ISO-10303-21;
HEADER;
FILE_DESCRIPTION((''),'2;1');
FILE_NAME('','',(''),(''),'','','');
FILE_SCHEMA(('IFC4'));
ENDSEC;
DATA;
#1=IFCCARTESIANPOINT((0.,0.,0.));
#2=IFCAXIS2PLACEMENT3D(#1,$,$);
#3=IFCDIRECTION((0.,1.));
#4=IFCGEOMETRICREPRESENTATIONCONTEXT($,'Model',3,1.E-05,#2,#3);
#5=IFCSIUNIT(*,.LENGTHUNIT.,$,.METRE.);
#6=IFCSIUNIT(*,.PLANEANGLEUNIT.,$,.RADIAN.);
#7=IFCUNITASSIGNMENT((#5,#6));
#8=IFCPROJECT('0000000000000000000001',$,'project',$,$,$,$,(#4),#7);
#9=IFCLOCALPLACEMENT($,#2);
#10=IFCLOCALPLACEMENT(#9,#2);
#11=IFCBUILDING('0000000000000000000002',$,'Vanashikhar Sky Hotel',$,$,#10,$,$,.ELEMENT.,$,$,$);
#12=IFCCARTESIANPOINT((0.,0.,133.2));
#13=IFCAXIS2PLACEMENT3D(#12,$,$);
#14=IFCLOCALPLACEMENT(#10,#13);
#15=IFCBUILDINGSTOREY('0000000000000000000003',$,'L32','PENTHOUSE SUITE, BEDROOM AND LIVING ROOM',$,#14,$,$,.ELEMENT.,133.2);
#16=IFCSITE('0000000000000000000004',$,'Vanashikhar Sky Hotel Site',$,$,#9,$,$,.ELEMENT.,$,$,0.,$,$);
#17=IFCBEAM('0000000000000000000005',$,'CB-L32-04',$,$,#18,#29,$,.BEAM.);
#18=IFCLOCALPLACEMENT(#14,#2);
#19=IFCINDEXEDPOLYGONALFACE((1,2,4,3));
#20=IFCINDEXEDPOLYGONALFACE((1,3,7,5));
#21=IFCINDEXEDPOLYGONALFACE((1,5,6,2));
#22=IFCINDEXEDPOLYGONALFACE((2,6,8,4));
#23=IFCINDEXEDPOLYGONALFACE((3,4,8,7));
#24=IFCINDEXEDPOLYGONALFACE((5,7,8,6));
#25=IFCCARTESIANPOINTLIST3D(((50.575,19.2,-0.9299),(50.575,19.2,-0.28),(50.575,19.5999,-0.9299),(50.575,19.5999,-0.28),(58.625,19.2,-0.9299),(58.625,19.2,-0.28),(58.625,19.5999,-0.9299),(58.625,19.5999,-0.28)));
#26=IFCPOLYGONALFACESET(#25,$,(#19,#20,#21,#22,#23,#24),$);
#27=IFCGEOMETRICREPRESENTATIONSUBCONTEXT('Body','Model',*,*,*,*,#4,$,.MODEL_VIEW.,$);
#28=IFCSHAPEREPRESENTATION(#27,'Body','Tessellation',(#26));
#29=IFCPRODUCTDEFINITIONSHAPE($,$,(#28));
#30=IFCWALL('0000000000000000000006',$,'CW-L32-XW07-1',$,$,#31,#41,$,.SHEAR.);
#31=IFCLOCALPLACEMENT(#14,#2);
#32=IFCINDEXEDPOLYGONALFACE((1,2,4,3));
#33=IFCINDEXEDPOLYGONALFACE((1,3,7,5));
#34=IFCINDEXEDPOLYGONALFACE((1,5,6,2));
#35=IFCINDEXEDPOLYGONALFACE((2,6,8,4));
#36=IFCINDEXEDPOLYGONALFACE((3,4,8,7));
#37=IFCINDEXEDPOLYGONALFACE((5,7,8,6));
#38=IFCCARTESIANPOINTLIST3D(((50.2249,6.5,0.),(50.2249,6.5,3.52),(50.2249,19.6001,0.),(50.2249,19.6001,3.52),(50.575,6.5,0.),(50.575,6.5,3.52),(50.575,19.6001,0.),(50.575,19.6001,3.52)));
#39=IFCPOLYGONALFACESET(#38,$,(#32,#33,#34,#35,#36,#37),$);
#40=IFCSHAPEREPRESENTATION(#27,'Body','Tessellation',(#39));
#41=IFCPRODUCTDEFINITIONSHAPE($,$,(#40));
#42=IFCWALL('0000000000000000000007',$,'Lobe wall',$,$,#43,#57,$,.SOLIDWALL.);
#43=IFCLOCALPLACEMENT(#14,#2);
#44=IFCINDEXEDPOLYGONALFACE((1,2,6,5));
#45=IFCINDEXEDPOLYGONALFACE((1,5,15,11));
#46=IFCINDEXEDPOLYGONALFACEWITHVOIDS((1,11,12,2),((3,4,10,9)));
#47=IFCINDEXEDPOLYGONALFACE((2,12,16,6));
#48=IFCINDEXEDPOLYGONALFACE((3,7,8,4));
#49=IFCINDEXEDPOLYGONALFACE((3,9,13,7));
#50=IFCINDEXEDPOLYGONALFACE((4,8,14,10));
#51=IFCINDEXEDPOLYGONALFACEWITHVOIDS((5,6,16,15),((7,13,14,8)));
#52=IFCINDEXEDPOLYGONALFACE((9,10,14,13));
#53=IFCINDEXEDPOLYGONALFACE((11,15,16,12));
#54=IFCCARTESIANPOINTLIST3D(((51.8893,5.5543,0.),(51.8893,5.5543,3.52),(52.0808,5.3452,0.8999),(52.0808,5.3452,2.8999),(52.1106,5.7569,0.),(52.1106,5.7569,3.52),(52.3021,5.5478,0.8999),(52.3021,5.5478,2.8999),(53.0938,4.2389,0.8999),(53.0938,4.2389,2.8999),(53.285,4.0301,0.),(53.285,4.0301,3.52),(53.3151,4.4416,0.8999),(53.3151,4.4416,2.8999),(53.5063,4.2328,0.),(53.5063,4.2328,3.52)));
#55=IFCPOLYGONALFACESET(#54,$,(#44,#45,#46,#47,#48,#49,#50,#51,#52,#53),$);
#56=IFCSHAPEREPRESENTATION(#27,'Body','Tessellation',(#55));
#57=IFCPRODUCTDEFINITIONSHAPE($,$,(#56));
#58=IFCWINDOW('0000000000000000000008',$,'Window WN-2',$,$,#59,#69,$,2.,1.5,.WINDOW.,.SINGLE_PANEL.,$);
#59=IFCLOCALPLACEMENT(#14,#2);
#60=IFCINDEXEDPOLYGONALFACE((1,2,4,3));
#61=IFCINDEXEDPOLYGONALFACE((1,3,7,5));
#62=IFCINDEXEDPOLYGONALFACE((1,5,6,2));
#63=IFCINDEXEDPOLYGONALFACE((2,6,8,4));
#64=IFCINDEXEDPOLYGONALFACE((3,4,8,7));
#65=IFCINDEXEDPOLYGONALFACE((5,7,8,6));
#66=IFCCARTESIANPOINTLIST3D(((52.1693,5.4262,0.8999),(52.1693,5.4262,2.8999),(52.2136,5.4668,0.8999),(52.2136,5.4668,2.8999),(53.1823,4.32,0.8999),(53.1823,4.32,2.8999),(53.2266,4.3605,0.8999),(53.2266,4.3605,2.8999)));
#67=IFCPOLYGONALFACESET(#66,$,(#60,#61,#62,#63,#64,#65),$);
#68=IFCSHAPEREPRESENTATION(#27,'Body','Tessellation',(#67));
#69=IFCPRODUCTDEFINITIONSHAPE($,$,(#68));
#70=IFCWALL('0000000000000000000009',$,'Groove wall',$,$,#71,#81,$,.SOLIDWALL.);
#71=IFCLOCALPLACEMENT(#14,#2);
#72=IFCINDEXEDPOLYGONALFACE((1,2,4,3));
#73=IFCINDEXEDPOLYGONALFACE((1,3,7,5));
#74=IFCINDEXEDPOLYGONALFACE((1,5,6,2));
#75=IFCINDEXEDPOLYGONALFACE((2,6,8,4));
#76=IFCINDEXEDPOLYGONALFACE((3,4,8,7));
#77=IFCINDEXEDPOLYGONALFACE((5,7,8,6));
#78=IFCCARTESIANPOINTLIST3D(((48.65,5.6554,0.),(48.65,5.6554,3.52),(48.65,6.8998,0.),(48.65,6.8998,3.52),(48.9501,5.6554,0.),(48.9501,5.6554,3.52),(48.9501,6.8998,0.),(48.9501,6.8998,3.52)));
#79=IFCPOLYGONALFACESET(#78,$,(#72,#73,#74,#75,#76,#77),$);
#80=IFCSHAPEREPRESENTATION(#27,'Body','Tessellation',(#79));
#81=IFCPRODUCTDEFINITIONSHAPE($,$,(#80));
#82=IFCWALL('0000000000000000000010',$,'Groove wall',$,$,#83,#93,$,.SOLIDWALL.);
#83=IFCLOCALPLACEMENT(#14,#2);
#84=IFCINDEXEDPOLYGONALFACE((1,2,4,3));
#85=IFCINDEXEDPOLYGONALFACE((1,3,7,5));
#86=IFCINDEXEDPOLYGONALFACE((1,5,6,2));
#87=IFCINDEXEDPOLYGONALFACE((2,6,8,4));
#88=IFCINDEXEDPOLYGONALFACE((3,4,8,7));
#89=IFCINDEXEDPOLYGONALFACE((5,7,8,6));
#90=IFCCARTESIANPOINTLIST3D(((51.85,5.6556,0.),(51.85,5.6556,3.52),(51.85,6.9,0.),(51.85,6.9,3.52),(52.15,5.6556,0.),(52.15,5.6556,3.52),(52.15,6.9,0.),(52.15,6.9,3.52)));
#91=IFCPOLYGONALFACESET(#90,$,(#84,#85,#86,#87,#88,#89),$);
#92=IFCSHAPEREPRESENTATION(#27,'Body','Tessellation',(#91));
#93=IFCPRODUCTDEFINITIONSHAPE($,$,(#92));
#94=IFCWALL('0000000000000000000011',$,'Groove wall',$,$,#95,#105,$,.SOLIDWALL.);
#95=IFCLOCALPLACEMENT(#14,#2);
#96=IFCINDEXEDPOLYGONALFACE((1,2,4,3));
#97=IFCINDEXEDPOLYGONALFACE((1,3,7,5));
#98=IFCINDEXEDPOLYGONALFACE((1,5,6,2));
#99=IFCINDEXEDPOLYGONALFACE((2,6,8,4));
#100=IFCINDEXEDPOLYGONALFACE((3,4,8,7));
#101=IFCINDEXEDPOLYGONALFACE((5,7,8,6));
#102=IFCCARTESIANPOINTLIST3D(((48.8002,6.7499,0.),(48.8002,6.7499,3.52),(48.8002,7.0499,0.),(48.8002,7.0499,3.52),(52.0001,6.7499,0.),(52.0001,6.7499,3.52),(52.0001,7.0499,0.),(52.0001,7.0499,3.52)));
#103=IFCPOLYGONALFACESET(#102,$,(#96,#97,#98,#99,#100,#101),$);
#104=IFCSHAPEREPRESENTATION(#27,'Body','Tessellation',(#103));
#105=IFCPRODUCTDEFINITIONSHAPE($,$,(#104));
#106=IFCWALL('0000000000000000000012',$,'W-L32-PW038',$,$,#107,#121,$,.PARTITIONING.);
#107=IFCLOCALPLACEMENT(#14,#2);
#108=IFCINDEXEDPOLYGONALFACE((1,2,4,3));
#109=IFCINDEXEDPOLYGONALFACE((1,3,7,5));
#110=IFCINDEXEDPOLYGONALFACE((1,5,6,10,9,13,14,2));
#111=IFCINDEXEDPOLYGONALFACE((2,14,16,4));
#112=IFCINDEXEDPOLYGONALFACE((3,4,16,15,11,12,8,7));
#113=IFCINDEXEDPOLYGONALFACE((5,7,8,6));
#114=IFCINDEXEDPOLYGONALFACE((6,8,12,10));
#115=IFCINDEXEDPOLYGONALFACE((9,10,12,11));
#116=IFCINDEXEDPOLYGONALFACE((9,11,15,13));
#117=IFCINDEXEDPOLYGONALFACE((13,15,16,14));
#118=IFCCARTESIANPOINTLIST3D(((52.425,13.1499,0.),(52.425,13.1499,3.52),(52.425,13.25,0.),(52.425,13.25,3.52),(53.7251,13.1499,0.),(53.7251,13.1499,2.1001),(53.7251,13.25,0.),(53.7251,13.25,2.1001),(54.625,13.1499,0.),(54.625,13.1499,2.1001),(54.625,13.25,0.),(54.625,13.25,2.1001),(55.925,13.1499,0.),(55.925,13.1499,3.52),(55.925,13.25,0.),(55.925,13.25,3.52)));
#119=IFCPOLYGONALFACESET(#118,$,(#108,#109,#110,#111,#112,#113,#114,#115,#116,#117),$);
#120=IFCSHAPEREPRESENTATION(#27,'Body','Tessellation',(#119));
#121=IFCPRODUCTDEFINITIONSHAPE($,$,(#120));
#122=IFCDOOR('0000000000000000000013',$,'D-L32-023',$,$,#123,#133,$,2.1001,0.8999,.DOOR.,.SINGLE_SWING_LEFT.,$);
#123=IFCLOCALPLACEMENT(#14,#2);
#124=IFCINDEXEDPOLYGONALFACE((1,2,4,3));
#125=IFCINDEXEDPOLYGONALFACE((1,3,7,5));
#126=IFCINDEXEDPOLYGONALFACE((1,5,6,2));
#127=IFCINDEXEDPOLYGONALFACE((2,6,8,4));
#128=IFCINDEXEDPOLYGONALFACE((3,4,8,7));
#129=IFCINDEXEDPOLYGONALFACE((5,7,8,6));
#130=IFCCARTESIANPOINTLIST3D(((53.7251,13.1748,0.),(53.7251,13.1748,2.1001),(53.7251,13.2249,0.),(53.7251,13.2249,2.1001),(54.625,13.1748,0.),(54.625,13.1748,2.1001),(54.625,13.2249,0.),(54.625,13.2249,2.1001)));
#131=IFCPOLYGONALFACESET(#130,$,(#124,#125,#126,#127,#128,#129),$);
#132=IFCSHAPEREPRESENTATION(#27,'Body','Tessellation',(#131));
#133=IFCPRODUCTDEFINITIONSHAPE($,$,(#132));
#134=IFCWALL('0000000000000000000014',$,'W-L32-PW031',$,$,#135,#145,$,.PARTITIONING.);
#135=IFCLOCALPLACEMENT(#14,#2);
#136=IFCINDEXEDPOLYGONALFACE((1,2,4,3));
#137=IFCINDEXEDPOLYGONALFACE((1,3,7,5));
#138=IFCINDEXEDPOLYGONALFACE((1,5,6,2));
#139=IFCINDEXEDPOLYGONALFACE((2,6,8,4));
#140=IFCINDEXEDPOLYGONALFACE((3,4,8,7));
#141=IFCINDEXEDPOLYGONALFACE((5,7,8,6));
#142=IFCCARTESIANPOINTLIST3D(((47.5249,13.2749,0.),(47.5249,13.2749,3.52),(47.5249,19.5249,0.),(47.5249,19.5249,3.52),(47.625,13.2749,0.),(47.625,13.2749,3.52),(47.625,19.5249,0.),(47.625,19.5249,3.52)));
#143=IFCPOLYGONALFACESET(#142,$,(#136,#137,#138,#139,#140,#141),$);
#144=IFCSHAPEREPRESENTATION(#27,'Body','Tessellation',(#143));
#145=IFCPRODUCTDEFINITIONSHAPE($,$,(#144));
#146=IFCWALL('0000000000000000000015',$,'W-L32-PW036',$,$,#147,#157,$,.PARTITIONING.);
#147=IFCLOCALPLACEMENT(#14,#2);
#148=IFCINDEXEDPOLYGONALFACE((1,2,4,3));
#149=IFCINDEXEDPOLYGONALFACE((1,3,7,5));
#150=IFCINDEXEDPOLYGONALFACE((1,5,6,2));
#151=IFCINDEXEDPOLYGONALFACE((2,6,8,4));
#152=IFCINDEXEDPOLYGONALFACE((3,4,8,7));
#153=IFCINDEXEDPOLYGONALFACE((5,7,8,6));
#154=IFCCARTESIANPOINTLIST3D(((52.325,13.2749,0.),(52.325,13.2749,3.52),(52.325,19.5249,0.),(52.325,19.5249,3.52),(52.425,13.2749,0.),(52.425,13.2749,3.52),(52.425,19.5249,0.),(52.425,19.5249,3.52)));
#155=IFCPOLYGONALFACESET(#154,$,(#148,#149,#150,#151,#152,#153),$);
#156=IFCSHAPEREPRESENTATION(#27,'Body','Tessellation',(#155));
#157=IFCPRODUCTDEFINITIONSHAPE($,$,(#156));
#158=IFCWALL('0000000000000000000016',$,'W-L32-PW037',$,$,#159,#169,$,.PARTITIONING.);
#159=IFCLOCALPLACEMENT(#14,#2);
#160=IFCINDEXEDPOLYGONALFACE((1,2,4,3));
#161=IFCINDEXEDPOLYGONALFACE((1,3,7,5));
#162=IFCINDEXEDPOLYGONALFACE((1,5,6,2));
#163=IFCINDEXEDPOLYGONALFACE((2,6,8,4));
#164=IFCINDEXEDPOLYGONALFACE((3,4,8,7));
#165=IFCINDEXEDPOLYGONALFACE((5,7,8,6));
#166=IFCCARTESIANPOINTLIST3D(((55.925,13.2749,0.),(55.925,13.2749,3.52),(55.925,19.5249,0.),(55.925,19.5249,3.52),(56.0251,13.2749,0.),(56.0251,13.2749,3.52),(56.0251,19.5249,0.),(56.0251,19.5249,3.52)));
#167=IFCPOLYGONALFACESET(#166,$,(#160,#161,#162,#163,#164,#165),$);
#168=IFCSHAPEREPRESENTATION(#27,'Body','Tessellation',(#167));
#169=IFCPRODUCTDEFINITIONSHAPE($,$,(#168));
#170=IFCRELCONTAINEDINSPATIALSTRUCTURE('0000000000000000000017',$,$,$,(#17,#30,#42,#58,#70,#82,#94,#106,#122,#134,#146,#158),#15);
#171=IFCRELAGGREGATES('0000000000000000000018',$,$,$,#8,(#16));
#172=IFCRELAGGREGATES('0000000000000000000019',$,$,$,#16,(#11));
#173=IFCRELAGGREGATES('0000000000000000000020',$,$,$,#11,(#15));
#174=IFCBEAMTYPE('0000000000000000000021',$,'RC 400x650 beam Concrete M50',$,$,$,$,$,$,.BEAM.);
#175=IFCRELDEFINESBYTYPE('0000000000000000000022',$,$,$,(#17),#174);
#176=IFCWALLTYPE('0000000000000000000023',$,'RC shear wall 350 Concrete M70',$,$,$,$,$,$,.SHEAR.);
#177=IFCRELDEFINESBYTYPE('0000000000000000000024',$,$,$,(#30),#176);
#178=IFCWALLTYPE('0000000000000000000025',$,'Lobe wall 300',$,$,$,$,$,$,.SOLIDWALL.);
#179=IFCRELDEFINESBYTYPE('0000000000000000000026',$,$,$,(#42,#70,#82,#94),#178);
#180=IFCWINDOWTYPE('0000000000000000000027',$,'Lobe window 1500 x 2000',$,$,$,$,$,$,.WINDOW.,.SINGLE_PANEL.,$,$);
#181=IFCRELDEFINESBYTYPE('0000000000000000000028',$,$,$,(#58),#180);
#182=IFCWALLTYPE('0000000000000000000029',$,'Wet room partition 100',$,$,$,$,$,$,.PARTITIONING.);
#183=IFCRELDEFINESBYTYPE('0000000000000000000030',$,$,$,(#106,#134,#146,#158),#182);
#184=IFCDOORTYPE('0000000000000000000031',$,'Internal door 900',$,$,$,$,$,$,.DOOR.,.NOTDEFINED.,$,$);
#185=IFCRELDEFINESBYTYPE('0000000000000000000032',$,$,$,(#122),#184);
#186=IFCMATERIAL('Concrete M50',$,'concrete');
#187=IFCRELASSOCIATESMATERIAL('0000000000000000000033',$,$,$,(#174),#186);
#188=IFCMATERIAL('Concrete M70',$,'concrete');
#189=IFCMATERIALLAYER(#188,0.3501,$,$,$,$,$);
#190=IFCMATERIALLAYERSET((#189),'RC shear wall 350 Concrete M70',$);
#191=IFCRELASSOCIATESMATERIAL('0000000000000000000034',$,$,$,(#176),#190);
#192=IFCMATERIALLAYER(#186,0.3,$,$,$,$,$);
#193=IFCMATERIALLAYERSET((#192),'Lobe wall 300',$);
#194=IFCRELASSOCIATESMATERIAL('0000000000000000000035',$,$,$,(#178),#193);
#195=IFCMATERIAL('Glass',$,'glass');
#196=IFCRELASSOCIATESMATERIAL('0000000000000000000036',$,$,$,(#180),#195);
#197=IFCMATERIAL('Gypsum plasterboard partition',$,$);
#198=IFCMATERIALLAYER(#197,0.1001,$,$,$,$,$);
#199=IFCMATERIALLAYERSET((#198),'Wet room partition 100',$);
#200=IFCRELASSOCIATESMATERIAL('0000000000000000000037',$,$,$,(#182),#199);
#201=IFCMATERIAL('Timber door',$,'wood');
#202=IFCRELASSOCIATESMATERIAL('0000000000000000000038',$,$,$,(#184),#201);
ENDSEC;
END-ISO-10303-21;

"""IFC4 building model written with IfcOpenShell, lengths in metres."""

from ifc_helpers import new_model, si_unit, direction, frame, frame_2d, origin, origin_2d, place, context, subcontext, project, spatial, rectangle, extrude, source, transform, mapped, material, layer, layer_set, material_profile, profile_set, type_object, element, fill, save


model = new_model("IFC4")

# Units and contexts
model_context = context("Model", 3, precision=1e-05, world=origin(), true_north=direction((0.0, 1.0)))
body_context = subcontext(model_context, "Body", "Model", "MODEL_VIEW")
ifc_project = project(units=[si_unit("LENGTHUNIT", "METRE"), si_unit("PLANEANGLEUNIT", "RADIAN")], contexts=[model_context])

# Site, building, storey
site_placement = place(None, origin())
site = spatial("IfcSite", under=ifc_project, at=site_placement, Name="Vanashikhar Sky Hotel Site", CompositionType="ELEMENT", RefElevation=0.0)
building_placement = place(site_placement, origin())
building = spatial("IfcBuilding", under=site, at=building_placement, Name="Vanashikhar Sky Hotel", CompositionType="ELEMENT")
storey_placement = place(building_placement, frame((0.0, 0.0, 133.2)))
storey = spatial("IfcBuildingStorey", under=building, at=storey_placement, Name="L32", Description="PENTHOUSE SUITE, BEDROOM AND LIVING ROOM", CompositionType="ELEMENT", Elevation=133.2)

# Beam
ifc_material_1 = material(Name="Concrete M50", Category="concrete")
ifc_material_profile = material_profile(ifc_material_1, rectangle(XDim=0.3999, YDim=0.6499, at=origin_2d()))
ifc_profile_set = profile_set([ifc_material_profile], Name="RC 400x650 beam Concrete M50")
beam_type = type_object("IfcBeamType", Name="RC 400x650 beam Concrete M50", PredefinedType="BEAM", material=ifc_profile_set)
shared_shape_1 = source(origin(), body_context, "Body", "SweptSolid", [
    extrude(rectangle(XDim=0.3999, YDim=0.6499, at=origin_2d()), origin(), (0.0, 0.0, 1.0), 8.05),
])
beam_placement = place(storey_placement, frame((50.575, 19.3999, -0.605), z_axis=(1.0, 0.0, 0.0), x_axis=(0.0, 1.0, 0.0)))
element("IfcBeam", 1, at=beam_placement, inside=storey, type_object=beam_type, Name="CB-L32-04", PredefinedType="BEAM", context=body_context, shape_type="MappedRepresentation", body=[
    mapped(shared_shape_1, transform((0.0, 0.0, 0.0), scale=1.0)),
])

# Wall
ifc_material_2 = material(Name="Concrete M70", Category="concrete")
ifc_layer_1 = layer(ifc_material_2, 0.3501)
ifc_layer_set_1 = layer_set([ifc_layer_1], Name="RC shear wall 350 Concrete M70")
wall_type_1 = type_object("IfcWallType", Name="RC shear wall 350 Concrete M70", PredefinedType="SHEAR", material=ifc_layer_set_1)
shared_shape_2 = source(origin(), body_context, "Body", "SweptSolid", [
    extrude(rectangle(XDim=13.1001, YDim=0.3501, at=frame_2d((6.55, 0.0))), origin(), (0.0, 0.0, 1.0), 3.52),
])
wall_1_placement = place(storey_placement, frame((50.3999, 6.5, 0.0), z_axis=(0.0, 0.0, 1.0), x_axis=(0.0, 1.0, 0.0)))
element("IfcWall", 2, at=wall_1_placement, inside=storey, type_object=wall_type_1, Name="CW-L32-XW07-1", PredefinedType="SHEAR", context=body_context, shape_type="MappedRepresentation", body=[
    mapped(shared_shape_2, transform((0.0, 0.0, 0.0), scale=1.0)),
])

# Wall, opening, window
ifc_layer_2 = layer(ifc_material_1, 0.3)
ifc_layer_set_2 = layer_set([ifc_layer_2], Name="Lobe wall 300")
wall_type_2 = type_object("IfcWallType", Name="Lobe wall 300", PredefinedType="SOLIDWALL", material=ifc_layer_set_2)
shared_shape_3 = source(origin(), body_context, "Body", "SweptSolid", [
    extrude(rectangle(XDim=2.0667, YDim=0.3, at=frame_2d((1.0332, 0.0))), origin(), (0.0, 0.0, 1.0), 3.52),
])
wall_2_placement = place(storey_placement, frame((52.0, 5.6555, 0.0), z_axis=(0.0, 0.0, 1.0), x_axis=(0.675355, -0.737492, 0.0)))
wall_2 = element("IfcWall", 3, at=wall_2_placement, inside=storey, type_object=wall_type_2, Name="Lobe wall", PredefinedType="SOLIDWALL", context=body_context, shape_type="MappedRepresentation", body=[
    mapped(shared_shape_3, transform((0.0, 0.0, 0.0), scale=1.0)),
])
shared_shape_4 = source(origin(), body_context, "Body", "SweptSolid", [
    extrude(rectangle(XDim=1.5, YDim=2.0, at=frame_2d((0.75, 1.0))), frame((0.0, 0.1602, 0.0), z_axis=(0.0, -1.0, 0.0), x_axis=(1.0, 0.0, 0.0)), (0.0, 0.0, 1.0), 0.3201),
])
opening_1_placement = place(wall_2_placement, frame((0.2834, 0.0, 0.8999)))
opening_1 = element("IfcOpeningElement", 4, at=opening_1_placement, cuts=wall_2, PredefinedType="OPENING", context=body_context, shape_type="MappedRepresentation", body=[
    mapped(shared_shape_4, transform((0.0, 0.0, 0.0), scale=1.0)),
])
ifc_material_3 = material(Name="Glass", Category="glass")
window_type = type_object("IfcWindowType", Name="Lobe window 1500 x 2000", PartitioningType="SINGLE_PANEL", PredefinedType="WINDOW", material=ifc_material_3)
shared_shape_5 = source(origin(), body_context, "Body", "SweptSolid", [
    extrude(rectangle(XDim=1.5, YDim=2.0, at=frame_2d((0.75, 1.0))), frame((0.0, 0.03, 0.0), z_axis=(0.0, -1.0, 0.0), x_axis=(1.0, 0.0, 0.0)), (0.0, 0.0, 1.0), 0.0601),
])
window_placement = place(opening_1_placement, origin())
window = element("IfcWindow", 5, at=window_placement, inside=storey, type_object=window_type, Name="Window WN-2", OverallHeight=2.0, OverallWidth=1.5, PartitioningType="SINGLE_PANEL", PredefinedType="WINDOW", context=body_context, shape_type="MappedRepresentation", body=[
    mapped(shared_shape_5, transform((0.0, 0.0, 0.0), scale=1.0)),
])
fill(opening_1, window)

# Walls
shared_shape_6 = source(origin(), body_context, "Body", "SweptSolid", [
    extrude(rectangle(XDim=1.2444, YDim=0.3, at=frame_2d((0.6221, 0.0))), origin(), (0.0, 0.0, 1.0), 3.52),
])
for number, where, z_axis, x_axis, name in (
    (6, (48.8, 5.6555, 0.0), (0.0, 0.0, 1.0), (0.0, 1.0, 0.0), "Groove wall"),
    (7, (52.0, 6.8999, 0.0), (0.0, 0.0, 1.0), (0.0, -1.0, 0.0), "Groove wall"),
):
    element("IfcWall", number, at=place(storey_placement, frame(where, z_axis=z_axis, x_axis=x_axis)), inside=storey, type_object=wall_type_2, Name=name, PredefinedType="SOLIDWALL", context=body_context, shape_type="MappedRepresentation", body=[
        mapped(shared_shape_6, transform((0.0, 0.0, 0.0), scale=1.0)),
    ])
shared_shape_7 = source(origin(), body_context, "Body", "SweptSolid", [
    extrude(rectangle(XDim=3.2, YDim=0.3, at=frame_2d((1.6001, 0.0))), origin(), (0.0, 0.0, 1.0), 3.52),
])
wall_3_placement = place(storey_placement, frame((48.8, 6.8999, 0.0), z_axis=(0.0, 0.0, 1.0), x_axis=(1.0, 0.0, 0.0)))
element("IfcWall", 8, at=wall_3_placement, inside=storey, type_object=wall_type_2, Name="Groove wall", PredefinedType="SOLIDWALL", context=body_context, shape_type="MappedRepresentation", body=[
    mapped(shared_shape_7, transform((0.0, 0.0, 0.0), scale=1.0)),
])

# Wall, opening, door
ifc_material_4 = material(Name="Gypsum plasterboard partition")
ifc_layer_3 = layer(ifc_material_4, 0.1001)
ifc_layer_set_3 = layer_set([ifc_layer_3], Name="Wet room partition 100")
wall_type_3 = type_object("IfcWallType", Name="Wet room partition 100", PredefinedType="PARTITIONING", material=ifc_layer_set_3)
shared_shape_8 = source(origin(), body_context, "Body", "SweptSolid", [
    extrude(rectangle(XDim=3.5, YDim=0.1001, at=frame_2d((1.75, 0.0))), origin(), (0.0, 0.0, 1.0), 3.52),
])
wall_4_placement = place(storey_placement, frame((52.425, 13.2, 0.0), z_axis=(0.0, 0.0, 1.0), x_axis=(1.0, 0.0, 0.0)))
wall_4 = element("IfcWall", 9, at=wall_4_placement, inside=storey, type_object=wall_type_3, Name="W-L32-PW038", PredefinedType="PARTITIONING", context=body_context, shape_type="MappedRepresentation", body=[
    mapped(shared_shape_8, transform((0.0, 0.0, 0.0), scale=1.0)),
])
shared_shape_9 = source(origin(), body_context, "Body", "SweptSolid", [
    extrude(rectangle(XDim=0.8999, YDim=2.1001, at=frame_2d((0.45, 1.05))), frame((0.0, 0.0601, 0.0), z_axis=(0.0, -1.0, 0.0), x_axis=(1.0, 0.0, 0.0)), (0.0, 0.0, 1.0), 0.1201),
])
opening_2_placement = place(wall_4_placement, frame((1.3, 0.0, 0.0)))
opening_2 = element("IfcOpeningElement", 10, at=opening_2_placement, cuts=wall_4, PredefinedType="OPENING", context=body_context, shape_type="MappedRepresentation", body=[
    mapped(shared_shape_9, transform((0.0, 0.0, 0.0), scale=1.0)),
])
ifc_material_5 = material(Name="Timber door", Category="wood")
door_type = type_object("IfcDoorType", Name="Internal door 900", OperationType="NOTDEFINED", PredefinedType="DOOR", material=ifc_material_5)
shared_shape_10 = source(origin(), body_context, "Body", "SweptSolid", [
    extrude(rectangle(XDim=0.8999, YDim=2.1001, at=frame_2d((0.45, 1.05))), frame((0.0, 0.0249, 0.0), z_axis=(0.0, -1.0, 0.0), x_axis=(1.0, 0.0, 0.0)), (0.0, 0.0, 1.0), 0.05),
])
door_1_placement = place(opening_2_placement, origin())
door_1 = element("IfcDoor", 11, at=door_1_placement, inside=storey, type_object=door_type, Name="D-L32-023", OperationType="SINGLE_SWING_LEFT", OverallHeight=2.1001, OverallWidth=0.8999, PredefinedType="DOOR", context=body_context, shape_type="MappedRepresentation", body=[
    mapped(shared_shape_10, transform((0.0, 0.0, 0.0), scale=1.0)),
])
fill(opening_2, door_1)

# Walls
shared_shape_11 = source(origin(), body_context, "Body", "SweptSolid", [
    extrude(rectangle(XDim=6.25, YDim=0.1001, at=frame_2d((3.125, 0.0))), origin(), (0.0, 0.0, 1.0), 3.52),
])
for number, where, z_axis, x_axis, name in (
    (12, (47.575, 13.2749, 0.0), (0.0, 0.0, 1.0), (0.0, 1.0, 0.0), "W-L32-PW031"),
    (13, (52.375, 13.2749, 0.0), (0.0, 0.0, 1.0), (0.0, 1.0, 0.0), "W-L32-PW036"),
    (14, (55.9751, 13.2749, 0.0), (0.0, 0.0, 1.0), (0.0, 1.0, 0.0), "W-L32-PW037"),
):
    element("IfcWall", number, at=place(storey_placement, frame(where, z_axis=z_axis, x_axis=x_axis)), inside=storey, type_object=wall_type_3, Name=name, PredefinedType="PARTITIONING", context=body_context, shape_type="MappedRepresentation", body=[
        mapped(shared_shape_11, transform((0.0, 0.0, 0.0), scale=1.0)),
    ])

save(model, "model.ifc")
